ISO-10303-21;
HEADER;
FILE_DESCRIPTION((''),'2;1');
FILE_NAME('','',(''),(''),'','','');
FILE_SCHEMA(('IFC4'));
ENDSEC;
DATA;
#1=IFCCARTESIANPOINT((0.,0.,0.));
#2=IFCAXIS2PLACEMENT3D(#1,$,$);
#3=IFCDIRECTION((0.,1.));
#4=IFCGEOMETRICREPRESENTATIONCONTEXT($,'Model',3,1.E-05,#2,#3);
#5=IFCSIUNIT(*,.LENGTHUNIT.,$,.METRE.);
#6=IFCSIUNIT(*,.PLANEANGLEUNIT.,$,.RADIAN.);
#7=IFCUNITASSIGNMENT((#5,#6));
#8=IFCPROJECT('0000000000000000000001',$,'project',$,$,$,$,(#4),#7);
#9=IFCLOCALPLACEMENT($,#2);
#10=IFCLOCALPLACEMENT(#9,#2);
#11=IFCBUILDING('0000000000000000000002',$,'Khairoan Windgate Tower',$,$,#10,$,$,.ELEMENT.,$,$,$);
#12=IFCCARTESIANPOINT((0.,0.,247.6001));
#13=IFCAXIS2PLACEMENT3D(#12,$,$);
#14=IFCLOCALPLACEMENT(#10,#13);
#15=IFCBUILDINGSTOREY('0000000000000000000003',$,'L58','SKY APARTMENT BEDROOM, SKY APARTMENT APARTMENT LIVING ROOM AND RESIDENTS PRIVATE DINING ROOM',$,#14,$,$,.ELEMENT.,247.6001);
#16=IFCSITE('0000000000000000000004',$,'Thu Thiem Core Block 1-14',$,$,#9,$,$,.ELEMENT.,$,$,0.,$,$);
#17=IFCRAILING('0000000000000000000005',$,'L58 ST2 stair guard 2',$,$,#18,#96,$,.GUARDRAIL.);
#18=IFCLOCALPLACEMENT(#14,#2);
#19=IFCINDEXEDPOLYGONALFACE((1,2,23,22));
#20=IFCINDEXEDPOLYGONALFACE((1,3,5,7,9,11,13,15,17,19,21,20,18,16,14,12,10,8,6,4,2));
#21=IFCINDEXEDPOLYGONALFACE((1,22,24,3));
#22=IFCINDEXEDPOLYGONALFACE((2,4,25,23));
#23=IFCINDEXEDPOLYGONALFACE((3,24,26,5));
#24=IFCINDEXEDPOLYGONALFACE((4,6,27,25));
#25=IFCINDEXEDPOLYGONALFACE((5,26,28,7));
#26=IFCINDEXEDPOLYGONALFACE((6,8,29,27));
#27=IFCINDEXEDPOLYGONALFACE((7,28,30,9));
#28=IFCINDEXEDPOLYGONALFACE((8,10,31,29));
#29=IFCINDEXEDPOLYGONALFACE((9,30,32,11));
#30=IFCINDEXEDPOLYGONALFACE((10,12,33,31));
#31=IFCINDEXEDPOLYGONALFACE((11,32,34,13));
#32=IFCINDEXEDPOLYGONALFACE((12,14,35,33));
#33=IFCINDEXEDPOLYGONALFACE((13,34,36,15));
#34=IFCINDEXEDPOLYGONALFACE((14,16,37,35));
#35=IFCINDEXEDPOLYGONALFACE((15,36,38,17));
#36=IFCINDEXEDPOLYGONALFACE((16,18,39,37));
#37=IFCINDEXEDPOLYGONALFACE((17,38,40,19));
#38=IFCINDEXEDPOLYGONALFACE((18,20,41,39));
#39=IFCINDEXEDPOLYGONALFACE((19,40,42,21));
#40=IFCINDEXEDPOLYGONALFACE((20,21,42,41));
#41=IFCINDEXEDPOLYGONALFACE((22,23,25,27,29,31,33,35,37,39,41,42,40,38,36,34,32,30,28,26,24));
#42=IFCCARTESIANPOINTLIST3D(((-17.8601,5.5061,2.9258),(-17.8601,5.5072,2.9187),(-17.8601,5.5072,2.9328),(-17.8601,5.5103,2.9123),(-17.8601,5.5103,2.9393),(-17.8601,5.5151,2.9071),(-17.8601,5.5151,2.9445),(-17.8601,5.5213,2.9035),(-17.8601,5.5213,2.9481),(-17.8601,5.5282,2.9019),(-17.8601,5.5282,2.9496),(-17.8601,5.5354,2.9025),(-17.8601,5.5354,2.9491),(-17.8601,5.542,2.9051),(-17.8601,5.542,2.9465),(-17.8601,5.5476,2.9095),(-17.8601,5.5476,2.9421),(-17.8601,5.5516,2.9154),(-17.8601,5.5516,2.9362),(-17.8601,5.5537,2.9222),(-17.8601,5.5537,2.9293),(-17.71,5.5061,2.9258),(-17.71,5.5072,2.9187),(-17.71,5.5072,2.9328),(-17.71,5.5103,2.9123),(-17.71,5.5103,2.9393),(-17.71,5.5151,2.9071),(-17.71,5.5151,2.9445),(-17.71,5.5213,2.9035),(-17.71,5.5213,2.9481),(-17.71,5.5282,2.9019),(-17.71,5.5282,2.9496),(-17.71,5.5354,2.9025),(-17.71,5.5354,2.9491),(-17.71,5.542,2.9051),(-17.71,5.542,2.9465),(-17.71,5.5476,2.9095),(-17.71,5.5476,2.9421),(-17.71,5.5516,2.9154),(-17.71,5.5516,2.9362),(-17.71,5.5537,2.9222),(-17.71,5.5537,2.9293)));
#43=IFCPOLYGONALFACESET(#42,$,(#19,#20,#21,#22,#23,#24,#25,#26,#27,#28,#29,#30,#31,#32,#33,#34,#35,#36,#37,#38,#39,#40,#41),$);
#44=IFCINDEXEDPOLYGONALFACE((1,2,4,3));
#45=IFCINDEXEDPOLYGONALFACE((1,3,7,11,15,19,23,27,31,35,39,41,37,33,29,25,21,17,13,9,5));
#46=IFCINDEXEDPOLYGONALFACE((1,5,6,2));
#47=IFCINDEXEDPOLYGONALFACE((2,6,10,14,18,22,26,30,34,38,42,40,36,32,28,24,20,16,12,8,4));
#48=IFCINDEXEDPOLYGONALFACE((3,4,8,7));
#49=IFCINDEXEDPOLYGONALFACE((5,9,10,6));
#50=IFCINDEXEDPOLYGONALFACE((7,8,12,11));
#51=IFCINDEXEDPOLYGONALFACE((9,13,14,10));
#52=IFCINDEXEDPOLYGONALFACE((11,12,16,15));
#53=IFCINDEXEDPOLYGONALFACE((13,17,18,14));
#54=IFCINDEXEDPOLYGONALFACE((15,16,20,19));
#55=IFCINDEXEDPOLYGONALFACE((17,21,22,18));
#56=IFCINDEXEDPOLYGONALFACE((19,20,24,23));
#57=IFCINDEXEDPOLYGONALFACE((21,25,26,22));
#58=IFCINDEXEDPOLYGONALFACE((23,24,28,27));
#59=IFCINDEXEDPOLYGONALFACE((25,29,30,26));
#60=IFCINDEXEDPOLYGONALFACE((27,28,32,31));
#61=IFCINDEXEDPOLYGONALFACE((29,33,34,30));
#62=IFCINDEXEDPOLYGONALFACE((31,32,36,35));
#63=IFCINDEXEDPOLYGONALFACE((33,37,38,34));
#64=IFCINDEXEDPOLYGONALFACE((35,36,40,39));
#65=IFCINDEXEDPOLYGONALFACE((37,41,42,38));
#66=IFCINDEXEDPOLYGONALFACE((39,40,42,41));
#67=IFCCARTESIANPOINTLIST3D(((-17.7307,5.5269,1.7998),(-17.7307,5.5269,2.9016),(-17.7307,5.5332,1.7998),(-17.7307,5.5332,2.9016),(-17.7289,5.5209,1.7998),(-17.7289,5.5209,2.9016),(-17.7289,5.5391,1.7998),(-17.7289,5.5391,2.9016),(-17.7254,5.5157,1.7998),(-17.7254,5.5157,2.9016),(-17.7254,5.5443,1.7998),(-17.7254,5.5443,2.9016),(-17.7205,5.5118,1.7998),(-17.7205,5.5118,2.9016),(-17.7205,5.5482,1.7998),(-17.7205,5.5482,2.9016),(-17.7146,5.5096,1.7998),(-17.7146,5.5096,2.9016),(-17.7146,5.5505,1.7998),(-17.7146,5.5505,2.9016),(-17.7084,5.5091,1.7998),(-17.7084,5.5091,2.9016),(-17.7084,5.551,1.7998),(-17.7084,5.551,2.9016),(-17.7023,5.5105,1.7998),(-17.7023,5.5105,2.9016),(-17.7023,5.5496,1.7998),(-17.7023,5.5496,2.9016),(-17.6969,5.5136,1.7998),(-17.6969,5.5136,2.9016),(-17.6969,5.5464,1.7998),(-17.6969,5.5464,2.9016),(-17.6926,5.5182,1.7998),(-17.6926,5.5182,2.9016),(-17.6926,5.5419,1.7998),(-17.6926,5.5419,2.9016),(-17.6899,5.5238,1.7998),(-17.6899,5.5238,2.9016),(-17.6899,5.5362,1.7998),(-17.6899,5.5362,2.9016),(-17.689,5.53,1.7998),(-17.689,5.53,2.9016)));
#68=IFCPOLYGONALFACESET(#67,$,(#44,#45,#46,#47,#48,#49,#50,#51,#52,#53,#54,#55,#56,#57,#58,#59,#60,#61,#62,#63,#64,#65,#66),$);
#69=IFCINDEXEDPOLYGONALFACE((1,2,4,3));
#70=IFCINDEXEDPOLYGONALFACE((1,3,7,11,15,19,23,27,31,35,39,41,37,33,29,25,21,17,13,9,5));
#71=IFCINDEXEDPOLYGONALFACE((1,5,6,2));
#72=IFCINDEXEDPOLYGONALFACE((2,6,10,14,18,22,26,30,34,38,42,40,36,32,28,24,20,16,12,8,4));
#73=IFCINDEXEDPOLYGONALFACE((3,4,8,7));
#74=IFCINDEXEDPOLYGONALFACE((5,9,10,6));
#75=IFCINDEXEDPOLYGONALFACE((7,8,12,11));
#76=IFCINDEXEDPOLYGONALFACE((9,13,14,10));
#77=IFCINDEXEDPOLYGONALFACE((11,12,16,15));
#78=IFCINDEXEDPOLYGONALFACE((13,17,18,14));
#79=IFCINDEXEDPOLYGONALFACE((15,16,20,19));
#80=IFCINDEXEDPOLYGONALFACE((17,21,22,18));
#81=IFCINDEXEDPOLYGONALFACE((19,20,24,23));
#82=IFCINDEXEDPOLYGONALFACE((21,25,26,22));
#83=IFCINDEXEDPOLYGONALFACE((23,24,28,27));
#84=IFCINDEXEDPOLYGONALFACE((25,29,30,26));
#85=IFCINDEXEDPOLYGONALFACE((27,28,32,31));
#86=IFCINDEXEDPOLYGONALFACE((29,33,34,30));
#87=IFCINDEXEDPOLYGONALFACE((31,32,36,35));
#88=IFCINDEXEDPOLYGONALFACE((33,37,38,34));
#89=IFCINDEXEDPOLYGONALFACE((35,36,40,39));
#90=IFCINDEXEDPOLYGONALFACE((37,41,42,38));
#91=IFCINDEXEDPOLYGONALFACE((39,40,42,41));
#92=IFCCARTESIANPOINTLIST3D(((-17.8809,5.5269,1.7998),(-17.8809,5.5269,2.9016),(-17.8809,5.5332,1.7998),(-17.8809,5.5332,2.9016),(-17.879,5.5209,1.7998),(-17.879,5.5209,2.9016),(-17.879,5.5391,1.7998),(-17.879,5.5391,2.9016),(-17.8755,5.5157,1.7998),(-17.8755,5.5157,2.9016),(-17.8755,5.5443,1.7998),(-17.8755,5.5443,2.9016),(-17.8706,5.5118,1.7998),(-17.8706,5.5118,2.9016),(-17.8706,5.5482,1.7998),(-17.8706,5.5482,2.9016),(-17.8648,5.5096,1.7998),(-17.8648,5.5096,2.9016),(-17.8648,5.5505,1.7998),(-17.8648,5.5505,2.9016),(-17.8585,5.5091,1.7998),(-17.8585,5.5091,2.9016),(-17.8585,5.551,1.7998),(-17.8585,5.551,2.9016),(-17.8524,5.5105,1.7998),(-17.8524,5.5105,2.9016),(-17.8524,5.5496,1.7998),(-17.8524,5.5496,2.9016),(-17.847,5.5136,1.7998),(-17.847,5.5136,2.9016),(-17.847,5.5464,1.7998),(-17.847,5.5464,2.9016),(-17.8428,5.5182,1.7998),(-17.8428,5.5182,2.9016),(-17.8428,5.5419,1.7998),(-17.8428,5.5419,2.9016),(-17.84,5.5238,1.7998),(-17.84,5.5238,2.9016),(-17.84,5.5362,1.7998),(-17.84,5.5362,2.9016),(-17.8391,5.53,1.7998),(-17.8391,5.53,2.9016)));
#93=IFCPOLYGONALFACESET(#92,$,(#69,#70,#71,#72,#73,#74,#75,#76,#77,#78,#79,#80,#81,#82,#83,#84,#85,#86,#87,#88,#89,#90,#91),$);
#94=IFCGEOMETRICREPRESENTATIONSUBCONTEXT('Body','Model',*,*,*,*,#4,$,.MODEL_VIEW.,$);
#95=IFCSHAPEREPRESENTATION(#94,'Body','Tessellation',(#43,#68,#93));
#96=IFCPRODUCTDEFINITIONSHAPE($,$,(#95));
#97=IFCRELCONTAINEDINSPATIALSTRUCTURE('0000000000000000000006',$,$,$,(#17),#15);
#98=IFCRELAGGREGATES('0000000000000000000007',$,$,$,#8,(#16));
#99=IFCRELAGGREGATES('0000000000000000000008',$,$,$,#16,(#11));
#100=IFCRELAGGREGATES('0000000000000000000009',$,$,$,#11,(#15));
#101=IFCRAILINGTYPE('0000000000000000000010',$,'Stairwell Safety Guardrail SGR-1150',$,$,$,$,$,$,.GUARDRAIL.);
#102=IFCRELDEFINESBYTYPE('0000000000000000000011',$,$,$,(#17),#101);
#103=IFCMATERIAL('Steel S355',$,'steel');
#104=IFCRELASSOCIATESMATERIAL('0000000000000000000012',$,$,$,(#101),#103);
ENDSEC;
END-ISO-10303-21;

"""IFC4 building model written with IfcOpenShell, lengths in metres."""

from ifc_helpers import new_model, si_unit, direction, frame, origin, origin_2d, place, context, subcontext, project, spatial, circle, extrude, material, type_object, element, save


model = new_model("IFC4")

# Units and contexts
model_context = context("Model", 3, precision=1e-05, world=origin(), true_north=direction((0.0, 1.0)))
body_context = subcontext(model_context, "Body", "Model", "MODEL_VIEW")
ifc_project = project(units=[si_unit("LENGTHUNIT", "METRE"), si_unit("PLANEANGLEUNIT", "RADIAN")], contexts=[model_context])

# Site, building, storey
site_placement = place(None, origin())
site = spatial("IfcSite", under=ifc_project, at=site_placement, Name="Thu Thiem Core Block 1-14", CompositionType="ELEMENT", RefElevation=0.0)
building_placement = place(site_placement, origin())
building = spatial("IfcBuilding", under=site, at=building_placement, Name="Khairoan Windgate Tower", CompositionType="ELEMENT")
storey_placement = place(building_placement, frame((0.0, 0.0, 247.6001)))
storey = spatial("IfcBuildingStorey", under=building, at=storey_placement, Name="L58", Description="SKY APARTMENT BEDROOM, SKY APARTMENT APARTMENT LIVING ROOM AND RESIDENTS PRIVATE DINING ROOM", CompositionType="ELEMENT", Elevation=247.6001)

# Railing
ifc_material_1 = material(Name="Steel S355", Category="steel")
railing_type_1 = type_object("IfcRailingType", Name="Stairwell Safety Guardrail SGR-1150", PredefinedType="GUARDRAIL", material=ifc_material_1)
railing_1_placement = place(storey_placement, frame((-17.71, 5.53, 1.7998)))
element("IfcRailing", 1, at=railing_1_placement, inside=storey, type_object=railing_type_1, Name="L58 ST2 stair guard 2", PredefinedType="GUARDRAIL", context=body_context, shape_type="SweptSolid", body=[
    extrude(circle(Radius=0.0239, at=origin_2d()), frame((0.0, 0.0, 1.126), z_axis=(-1.0, 0.0, 0.0), x_axis=(0.0, -1.0, 0.0)), (0.0, 0.0, 1.0), 0.1501),
    extrude(circle(Radius=0.021, at=origin_2d()), origin(), (0.0, 0.0, 1.0), 1.1018),
    extrude(circle(Radius=0.021, at=origin_2d()), frame((-0.1501, 0.0, 0.0)), (0.0, 0.0, 1.0), 1.1018),
])

save(model, "model.ifc")
